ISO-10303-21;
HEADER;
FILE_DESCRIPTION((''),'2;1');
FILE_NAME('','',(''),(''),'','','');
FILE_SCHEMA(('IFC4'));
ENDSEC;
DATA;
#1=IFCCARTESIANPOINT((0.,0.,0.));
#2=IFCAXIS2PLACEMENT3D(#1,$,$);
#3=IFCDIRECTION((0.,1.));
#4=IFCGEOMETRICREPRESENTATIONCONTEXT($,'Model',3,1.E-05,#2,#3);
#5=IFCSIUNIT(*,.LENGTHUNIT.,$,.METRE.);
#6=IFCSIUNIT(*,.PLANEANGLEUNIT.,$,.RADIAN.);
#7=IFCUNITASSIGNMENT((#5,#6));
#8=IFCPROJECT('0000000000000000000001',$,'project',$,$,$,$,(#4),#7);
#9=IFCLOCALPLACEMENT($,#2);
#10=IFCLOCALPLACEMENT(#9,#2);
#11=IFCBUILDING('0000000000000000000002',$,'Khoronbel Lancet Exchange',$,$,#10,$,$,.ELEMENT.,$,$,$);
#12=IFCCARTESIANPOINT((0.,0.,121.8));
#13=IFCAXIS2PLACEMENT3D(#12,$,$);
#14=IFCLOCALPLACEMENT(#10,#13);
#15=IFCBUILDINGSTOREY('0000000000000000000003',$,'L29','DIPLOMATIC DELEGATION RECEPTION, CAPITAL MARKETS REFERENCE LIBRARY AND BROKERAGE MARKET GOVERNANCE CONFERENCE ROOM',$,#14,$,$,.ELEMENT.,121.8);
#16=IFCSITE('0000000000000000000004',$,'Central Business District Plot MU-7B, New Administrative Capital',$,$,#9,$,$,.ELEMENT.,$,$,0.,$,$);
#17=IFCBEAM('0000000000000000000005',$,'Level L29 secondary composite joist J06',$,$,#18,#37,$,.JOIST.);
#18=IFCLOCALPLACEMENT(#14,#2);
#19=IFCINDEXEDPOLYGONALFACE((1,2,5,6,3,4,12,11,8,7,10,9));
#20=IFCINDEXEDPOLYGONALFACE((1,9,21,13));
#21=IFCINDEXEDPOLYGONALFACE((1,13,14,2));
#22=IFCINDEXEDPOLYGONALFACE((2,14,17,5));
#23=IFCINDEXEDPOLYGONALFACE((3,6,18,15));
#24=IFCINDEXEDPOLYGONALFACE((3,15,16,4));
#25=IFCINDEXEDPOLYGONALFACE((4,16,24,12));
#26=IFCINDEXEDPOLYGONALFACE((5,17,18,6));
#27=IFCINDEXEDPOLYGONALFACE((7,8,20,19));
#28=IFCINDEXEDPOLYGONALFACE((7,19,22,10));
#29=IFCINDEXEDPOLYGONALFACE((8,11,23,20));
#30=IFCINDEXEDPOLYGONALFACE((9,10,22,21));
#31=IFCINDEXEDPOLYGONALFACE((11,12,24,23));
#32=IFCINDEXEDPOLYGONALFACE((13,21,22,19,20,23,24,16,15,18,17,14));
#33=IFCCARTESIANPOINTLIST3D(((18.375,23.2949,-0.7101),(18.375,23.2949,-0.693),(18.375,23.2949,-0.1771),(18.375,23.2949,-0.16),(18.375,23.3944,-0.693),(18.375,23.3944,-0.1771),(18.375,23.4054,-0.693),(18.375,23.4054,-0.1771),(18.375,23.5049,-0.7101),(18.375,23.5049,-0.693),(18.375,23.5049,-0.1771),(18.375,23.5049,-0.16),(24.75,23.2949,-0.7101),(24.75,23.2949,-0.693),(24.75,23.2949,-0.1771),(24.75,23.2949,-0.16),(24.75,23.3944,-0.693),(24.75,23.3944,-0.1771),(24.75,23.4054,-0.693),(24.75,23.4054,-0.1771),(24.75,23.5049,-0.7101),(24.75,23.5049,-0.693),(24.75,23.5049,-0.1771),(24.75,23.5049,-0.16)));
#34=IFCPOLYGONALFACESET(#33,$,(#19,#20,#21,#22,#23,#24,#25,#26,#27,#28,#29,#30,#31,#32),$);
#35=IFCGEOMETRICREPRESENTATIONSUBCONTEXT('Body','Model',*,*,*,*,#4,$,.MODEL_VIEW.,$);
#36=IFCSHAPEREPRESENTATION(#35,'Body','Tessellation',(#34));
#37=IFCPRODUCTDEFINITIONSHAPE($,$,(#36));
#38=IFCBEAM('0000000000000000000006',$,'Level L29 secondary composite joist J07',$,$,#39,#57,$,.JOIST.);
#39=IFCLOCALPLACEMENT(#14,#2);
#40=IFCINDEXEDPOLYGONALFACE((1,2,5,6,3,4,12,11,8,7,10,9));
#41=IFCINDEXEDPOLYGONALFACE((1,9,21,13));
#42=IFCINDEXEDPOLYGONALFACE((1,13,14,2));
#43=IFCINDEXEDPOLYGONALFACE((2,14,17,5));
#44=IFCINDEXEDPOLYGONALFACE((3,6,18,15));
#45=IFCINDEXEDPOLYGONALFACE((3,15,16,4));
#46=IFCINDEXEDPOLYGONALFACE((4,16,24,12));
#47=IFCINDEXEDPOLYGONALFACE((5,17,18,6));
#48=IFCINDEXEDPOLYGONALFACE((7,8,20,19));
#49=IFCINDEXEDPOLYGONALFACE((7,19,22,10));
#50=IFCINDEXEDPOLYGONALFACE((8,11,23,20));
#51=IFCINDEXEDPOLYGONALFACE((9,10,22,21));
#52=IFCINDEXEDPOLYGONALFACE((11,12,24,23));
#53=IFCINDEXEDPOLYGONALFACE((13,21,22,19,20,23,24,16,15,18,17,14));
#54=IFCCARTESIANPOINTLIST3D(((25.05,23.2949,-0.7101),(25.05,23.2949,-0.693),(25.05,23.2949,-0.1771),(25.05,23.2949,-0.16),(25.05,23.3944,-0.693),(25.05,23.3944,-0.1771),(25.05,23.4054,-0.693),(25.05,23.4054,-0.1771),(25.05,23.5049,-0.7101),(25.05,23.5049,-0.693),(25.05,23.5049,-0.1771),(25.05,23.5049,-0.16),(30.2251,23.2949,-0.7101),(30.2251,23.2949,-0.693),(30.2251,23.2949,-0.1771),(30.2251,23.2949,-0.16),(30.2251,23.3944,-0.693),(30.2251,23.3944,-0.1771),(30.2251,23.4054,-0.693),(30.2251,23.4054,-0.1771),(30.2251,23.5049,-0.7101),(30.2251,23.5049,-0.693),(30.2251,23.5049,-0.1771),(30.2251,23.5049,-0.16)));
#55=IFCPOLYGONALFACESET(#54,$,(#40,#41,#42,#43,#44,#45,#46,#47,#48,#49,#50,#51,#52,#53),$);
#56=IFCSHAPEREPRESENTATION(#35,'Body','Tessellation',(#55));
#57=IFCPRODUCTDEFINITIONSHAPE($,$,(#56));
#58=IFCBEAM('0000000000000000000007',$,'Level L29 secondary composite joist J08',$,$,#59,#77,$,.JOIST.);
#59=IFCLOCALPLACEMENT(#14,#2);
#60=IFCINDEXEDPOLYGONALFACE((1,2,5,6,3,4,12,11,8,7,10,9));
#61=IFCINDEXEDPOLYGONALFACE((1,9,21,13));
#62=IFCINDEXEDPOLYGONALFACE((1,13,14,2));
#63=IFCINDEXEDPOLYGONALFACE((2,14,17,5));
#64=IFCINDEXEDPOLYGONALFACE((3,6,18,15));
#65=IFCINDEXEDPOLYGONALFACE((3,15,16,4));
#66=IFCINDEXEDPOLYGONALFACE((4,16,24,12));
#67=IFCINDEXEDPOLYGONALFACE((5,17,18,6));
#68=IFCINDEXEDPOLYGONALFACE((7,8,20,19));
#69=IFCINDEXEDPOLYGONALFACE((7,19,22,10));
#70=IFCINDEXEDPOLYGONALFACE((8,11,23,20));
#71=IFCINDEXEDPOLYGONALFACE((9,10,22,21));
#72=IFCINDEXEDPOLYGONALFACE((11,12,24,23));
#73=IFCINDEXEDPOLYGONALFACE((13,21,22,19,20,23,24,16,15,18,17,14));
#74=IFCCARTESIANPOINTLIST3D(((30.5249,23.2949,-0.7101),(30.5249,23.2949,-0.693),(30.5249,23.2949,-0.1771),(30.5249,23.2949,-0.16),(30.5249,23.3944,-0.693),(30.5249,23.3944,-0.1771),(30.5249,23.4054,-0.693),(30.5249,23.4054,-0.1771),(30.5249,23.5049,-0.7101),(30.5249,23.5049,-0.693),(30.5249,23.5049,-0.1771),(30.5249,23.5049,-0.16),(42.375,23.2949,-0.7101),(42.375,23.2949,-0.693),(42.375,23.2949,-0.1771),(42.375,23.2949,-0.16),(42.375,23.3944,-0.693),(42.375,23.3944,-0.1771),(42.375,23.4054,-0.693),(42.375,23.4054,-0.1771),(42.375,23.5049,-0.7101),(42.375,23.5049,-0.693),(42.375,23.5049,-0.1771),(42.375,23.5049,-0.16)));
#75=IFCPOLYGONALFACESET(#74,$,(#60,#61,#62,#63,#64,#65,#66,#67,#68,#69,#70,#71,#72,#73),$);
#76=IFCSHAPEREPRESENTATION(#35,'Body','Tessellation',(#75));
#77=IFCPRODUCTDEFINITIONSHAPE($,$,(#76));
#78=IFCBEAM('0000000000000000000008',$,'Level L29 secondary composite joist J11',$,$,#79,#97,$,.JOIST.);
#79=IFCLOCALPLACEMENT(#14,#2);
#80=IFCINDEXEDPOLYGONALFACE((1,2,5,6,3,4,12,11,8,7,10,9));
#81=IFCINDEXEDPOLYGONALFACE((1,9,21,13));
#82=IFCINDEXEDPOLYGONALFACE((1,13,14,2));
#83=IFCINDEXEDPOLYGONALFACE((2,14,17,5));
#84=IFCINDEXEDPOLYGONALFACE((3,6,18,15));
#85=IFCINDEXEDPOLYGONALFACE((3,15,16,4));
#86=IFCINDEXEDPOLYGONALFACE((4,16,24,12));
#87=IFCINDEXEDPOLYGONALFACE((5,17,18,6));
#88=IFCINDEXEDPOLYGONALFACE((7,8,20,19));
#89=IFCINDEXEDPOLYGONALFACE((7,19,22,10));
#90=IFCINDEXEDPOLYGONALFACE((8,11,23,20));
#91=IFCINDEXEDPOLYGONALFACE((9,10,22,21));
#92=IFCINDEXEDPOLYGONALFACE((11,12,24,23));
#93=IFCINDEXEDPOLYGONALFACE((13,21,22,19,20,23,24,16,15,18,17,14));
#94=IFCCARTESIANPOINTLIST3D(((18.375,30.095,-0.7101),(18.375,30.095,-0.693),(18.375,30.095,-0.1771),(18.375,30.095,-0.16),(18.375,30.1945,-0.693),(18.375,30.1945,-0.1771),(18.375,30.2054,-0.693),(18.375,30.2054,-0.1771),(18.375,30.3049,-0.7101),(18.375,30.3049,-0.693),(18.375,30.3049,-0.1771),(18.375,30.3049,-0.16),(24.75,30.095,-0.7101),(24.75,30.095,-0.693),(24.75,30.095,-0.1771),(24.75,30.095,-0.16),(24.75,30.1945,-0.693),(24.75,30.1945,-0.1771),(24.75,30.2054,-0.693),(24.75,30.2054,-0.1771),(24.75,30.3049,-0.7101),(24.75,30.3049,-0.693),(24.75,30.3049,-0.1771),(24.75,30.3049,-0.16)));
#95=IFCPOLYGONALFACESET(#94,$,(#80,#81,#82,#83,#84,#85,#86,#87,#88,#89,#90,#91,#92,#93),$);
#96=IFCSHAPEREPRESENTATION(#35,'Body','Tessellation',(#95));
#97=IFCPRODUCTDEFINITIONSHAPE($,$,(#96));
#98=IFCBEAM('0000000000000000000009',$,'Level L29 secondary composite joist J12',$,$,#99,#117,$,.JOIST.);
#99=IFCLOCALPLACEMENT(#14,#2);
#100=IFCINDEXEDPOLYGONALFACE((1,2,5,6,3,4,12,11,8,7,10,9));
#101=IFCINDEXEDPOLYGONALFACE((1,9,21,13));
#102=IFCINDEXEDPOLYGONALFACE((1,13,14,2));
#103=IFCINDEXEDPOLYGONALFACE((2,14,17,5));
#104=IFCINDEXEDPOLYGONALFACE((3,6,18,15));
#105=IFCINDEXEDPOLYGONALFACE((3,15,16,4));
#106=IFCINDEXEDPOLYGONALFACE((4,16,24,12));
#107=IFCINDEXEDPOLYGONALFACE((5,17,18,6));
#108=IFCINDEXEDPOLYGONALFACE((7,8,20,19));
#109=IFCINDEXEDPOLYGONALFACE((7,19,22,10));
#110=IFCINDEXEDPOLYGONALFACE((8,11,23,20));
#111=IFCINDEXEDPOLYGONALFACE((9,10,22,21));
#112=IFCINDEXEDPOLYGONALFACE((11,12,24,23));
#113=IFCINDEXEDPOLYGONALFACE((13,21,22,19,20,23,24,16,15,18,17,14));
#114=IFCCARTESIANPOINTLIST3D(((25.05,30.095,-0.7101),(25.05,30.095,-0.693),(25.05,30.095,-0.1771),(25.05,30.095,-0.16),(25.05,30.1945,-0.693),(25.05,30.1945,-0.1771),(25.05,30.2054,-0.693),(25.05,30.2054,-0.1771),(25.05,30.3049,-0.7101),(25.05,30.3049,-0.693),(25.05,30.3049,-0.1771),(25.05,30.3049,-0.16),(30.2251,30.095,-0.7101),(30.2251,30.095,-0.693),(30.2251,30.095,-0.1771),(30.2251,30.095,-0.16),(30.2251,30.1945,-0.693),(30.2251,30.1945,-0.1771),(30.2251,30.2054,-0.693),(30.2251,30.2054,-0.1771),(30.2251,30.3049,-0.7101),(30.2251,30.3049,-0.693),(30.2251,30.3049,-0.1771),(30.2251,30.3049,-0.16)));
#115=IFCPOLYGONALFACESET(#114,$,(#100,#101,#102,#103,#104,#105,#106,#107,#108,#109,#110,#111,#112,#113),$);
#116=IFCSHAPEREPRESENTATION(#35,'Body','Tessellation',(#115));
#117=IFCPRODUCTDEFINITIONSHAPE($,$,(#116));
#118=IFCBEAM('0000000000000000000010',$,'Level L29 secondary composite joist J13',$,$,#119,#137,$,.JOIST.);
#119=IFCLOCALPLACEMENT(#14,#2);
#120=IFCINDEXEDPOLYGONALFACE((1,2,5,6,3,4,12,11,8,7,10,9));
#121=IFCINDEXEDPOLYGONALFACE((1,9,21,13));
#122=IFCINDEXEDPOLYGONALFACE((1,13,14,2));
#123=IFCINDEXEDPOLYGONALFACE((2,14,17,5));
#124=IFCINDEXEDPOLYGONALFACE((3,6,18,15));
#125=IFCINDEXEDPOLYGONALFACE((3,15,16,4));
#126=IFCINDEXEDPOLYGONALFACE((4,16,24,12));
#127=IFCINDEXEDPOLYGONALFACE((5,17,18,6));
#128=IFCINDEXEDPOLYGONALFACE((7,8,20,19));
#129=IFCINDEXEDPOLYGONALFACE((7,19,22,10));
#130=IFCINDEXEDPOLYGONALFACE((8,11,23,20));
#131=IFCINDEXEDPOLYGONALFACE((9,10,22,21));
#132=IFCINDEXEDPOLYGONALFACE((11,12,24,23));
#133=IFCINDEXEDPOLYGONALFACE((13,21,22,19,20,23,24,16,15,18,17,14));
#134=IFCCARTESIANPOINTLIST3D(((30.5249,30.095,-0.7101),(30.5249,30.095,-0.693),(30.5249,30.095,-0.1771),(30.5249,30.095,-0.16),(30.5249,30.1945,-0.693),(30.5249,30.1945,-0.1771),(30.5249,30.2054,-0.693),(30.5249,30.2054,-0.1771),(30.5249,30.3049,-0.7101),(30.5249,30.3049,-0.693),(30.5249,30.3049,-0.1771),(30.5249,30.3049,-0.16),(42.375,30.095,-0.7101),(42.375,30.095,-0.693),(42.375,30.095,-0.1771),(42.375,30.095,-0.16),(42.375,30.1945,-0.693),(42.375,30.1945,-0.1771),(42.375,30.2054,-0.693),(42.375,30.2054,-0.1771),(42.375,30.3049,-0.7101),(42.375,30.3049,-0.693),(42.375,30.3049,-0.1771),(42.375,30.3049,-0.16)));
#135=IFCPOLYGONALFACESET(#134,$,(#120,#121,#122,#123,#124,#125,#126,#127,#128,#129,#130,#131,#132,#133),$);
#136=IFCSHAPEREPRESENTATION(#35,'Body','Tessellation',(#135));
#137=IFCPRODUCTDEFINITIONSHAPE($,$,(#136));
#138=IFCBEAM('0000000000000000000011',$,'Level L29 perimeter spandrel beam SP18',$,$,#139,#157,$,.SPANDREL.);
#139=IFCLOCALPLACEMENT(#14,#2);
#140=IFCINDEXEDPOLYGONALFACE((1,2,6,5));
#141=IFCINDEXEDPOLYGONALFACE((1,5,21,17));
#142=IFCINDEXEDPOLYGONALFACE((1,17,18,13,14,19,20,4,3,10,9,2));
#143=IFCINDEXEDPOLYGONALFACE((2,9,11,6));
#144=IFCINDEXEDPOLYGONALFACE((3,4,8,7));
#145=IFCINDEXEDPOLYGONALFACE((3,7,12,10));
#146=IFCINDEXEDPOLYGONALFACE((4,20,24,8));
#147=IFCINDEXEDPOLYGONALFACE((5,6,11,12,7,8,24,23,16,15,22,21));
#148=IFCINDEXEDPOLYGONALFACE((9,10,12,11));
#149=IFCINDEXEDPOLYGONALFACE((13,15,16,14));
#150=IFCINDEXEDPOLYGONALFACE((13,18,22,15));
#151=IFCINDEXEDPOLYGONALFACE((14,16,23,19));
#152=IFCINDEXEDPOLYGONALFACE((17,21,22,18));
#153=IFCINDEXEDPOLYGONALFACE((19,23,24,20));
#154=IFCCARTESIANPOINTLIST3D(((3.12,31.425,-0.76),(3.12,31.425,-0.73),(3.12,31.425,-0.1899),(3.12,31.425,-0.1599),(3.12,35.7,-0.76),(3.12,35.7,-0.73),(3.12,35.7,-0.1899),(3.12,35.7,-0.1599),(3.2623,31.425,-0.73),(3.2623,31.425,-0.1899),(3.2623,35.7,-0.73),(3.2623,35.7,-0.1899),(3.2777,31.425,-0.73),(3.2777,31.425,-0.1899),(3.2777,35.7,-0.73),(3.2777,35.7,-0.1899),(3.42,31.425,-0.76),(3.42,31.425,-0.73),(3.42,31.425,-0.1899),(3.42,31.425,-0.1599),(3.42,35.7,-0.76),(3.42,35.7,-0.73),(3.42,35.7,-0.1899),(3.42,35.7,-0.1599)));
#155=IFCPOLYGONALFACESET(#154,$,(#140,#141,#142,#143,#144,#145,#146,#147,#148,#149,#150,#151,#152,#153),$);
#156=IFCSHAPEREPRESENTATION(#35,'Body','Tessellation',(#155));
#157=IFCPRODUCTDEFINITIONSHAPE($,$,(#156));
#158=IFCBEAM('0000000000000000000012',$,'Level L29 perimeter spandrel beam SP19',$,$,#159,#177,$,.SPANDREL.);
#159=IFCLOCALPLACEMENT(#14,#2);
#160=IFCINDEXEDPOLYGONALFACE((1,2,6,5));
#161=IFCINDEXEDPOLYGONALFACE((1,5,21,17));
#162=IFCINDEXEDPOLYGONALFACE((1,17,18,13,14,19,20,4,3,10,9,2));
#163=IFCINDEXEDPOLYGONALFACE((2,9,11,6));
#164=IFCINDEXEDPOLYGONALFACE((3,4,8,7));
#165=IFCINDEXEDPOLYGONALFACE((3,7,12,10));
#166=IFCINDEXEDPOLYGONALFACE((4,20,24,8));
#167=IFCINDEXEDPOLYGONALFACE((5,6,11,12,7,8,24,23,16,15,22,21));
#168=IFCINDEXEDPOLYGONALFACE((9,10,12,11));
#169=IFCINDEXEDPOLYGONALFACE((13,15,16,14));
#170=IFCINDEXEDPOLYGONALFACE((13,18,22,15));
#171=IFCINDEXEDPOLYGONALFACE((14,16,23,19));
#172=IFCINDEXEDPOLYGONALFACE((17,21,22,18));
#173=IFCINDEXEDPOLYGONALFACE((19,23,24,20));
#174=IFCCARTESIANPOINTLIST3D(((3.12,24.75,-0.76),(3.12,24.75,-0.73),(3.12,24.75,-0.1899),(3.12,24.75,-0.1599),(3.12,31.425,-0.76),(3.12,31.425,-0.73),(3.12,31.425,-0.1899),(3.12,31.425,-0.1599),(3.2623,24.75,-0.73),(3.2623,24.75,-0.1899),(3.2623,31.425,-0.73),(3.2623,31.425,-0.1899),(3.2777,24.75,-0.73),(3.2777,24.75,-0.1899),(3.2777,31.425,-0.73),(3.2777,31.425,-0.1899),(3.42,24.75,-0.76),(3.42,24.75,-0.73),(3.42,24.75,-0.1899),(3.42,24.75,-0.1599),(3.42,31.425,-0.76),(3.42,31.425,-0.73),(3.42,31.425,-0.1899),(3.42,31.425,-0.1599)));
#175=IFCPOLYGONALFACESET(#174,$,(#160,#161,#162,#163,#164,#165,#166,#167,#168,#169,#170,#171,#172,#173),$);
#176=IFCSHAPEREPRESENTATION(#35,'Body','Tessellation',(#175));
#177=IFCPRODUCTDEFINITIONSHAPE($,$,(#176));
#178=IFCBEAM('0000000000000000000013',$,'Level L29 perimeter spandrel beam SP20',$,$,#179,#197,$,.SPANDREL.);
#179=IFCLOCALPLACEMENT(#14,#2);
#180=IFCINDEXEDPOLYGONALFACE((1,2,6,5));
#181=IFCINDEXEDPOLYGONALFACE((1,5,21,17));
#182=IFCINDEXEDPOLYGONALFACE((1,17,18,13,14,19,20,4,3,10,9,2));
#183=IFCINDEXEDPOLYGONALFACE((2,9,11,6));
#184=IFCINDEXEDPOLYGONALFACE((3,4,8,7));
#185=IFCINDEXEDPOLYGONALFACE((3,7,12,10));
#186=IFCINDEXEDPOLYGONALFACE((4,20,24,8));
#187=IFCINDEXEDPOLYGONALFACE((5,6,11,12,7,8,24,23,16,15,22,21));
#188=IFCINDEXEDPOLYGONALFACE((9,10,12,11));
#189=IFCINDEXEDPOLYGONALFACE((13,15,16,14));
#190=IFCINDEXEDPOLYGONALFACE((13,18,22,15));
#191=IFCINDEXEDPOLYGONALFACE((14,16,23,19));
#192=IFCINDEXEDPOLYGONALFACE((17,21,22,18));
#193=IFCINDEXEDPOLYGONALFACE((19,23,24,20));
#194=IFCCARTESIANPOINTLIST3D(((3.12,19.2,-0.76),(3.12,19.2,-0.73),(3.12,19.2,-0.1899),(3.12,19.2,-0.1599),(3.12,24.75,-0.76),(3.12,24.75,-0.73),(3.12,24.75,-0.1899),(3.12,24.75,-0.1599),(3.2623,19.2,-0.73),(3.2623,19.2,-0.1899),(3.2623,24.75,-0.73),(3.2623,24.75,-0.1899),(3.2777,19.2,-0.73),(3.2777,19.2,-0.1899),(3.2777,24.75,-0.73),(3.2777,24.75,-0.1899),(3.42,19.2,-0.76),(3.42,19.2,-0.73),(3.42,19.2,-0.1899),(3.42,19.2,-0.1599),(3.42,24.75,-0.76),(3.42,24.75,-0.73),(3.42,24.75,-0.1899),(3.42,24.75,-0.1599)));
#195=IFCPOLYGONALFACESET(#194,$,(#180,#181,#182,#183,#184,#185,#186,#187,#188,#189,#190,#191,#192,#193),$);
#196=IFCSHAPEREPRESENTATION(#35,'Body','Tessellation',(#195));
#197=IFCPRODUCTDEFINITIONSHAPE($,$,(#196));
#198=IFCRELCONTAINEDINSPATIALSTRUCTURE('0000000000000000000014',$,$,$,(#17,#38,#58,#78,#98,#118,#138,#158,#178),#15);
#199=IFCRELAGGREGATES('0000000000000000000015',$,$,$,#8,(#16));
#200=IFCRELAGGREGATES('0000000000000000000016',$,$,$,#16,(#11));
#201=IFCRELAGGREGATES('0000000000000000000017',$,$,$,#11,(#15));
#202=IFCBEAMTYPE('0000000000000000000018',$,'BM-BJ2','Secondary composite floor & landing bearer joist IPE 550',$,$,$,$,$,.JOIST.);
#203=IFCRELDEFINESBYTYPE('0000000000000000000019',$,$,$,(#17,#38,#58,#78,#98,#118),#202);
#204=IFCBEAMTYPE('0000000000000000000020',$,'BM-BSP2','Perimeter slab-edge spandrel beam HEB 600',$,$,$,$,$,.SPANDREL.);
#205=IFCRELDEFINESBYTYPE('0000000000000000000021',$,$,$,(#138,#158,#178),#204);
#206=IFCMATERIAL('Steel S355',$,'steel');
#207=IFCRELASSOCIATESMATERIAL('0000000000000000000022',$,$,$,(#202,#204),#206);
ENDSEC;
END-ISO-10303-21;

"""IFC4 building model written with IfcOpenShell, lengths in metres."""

from ifc_helpers import new_model, si_unit, direction, frame, origin, origin_2d, place, context, subcontext, project, spatial, i_section, extrude, material, material_profile, profile_set, type_object, element, save


model = new_model("IFC4")

# Units and contexts
model_context = context("Model", 3, precision=1e-05, world=origin(), true_north=direction((0.0, 1.0)))
body_context = subcontext(model_context, "Body", "Model", "MODEL_VIEW")
ifc_project = project(units=[si_unit("LENGTHUNIT", "METRE"), si_unit("PLANEANGLEUNIT", "RADIAN")], contexts=[model_context])

# Site, building, storey
site_placement = place(None, origin())
site = spatial("IfcSite", under=ifc_project, at=site_placement, Name="Central Business District Plot MU-7B, New Administrative Capital", CompositionType="ELEMENT", RefElevation=0.0)
building_placement = place(site_placement, origin())
building = spatial("IfcBuilding", under=site, at=building_placement, Name="Khoronbel Lancet Exchange", CompositionType="ELEMENT")
storey_placement = place(building_placement, frame((0.0, 0.0, 121.8)))
storey = spatial("IfcBuildingStorey", under=building, at=storey_placement, Name="L29", Description="DIPLOMATIC DELEGATION RECEPTION, CAPITAL MARKETS REFERENCE LIBRARY AND BROKERAGE MARKET GOVERNANCE CONFERENCE ROOM", CompositionType="ELEMENT", Elevation=121.8)

# Shared definitions
ifc_material_1 = material(Name="Steel S355", Category="steel")

# Beams
ifc_material_profile_1 = material_profile(ifc_material_1, i_section(OverallWidth=0.21, OverallDepth=0.55, WebThickness=0.011, FlangeThickness=0.0171, at=origin_2d()), Name="IPE 550")
ifc_profile_set_1 = profile_set([ifc_material_profile_1], Name="Steel S355")
beam_type_1 = type_object("IfcBeamType", Name="BM-BJ2", Description="Secondary composite floor & landing bearer joist IPE 550", PredefinedType="JOIST", material=ifc_profile_set_1)
beam_1_placement = place(storey_placement, frame((18.375, 23.3999, -0.4351), z_axis=(1.0, 0.0, 0.0), x_axis=(0.0, 1.0, 0.0)))
element("IfcBeam", 1, at=beam_1_placement, inside=storey, type_object=beam_type_1, Name="Level L29 secondary composite joist J06", PredefinedType="JOIST", context=body_context, shape_type="SweptSolid", body=[
    extrude(i_section(OverallWidth=0.21, OverallDepth=0.55, WebThickness=0.011, FlangeThickness=0.0171, at=origin_2d()), origin(), (0.0, 0.0, 1.0), 6.375),
])
beam_2_placement = place(storey_placement, frame((25.05, 23.3999, -0.4351), z_axis=(1.0, 0.0, 0.0), x_axis=(0.0, 1.0, 0.0)))
element("IfcBeam", 2, at=beam_2_placement, inside=storey, type_object=beam_type_1, Name="Level L29 secondary composite joist J07", PredefinedType="JOIST", context=body_context, shape_type="SweptSolid", body=[
    extrude(i_section(OverallWidth=0.21, OverallDepth=0.55, WebThickness=0.011, FlangeThickness=0.0171, at=origin_2d()), origin(), (0.0, 0.0, 1.0), 5.175),
])
beam_3_placement = place(storey_placement, frame((30.5249, 23.3999, -0.4351), z_axis=(1.0, 0.0, 0.0), x_axis=(0.0, 1.0, 0.0)))
element("IfcBeam", 3, at=beam_3_placement, inside=storey, type_object=beam_type_1, Name="Level L29 secondary composite joist J08", PredefinedType="JOIST", context=body_context, shape_type="SweptSolid", body=[
    extrude(i_section(OverallWidth=0.21, OverallDepth=0.55, WebThickness=0.011, FlangeThickness=0.0171, at=origin_2d()), origin(), (0.0, 0.0, 1.0), 11.8501),
])
beam_4_placement = place(storey_placement, frame((18.375, 30.2, -0.4351), z_axis=(1.0, 0.0, 0.0), x_axis=(0.0, 1.0, 0.0)))
element("IfcBeam", 4, at=beam_4_placement, inside=storey, type_object=beam_type_1, Name="Level L29 secondary composite joist J11", PredefinedType="JOIST", context=body_context, shape_type="SweptSolid", body=[
    extrude(i_section(OverallWidth=0.21, OverallDepth=0.55, WebThickness=0.011, FlangeThickness=0.0171, at=origin_2d()), origin(), (0.0, 0.0, 1.0), 6.375),
])
beam_5_placement = place(storey_placement, frame((25.05, 30.2, -0.4351), z_axis=(1.0, 0.0, 0.0), x_axis=(0.0, 1.0, 0.0)))
element("IfcBeam", 5, at=beam_5_placement, inside=storey, type_object=beam_type_1, Name="Level L29 secondary composite joist J12", PredefinedType="JOIST", context=body_context, shape_type="SweptSolid", body=[
    extrude(i_section(OverallWidth=0.21, OverallDepth=0.55, WebThickness=0.011, FlangeThickness=0.0171, at=origin_2d()), origin(), (0.0, 0.0, 1.0), 5.175),
])
beam_6_placement = place(storey_placement, frame((30.5249, 30.2, -0.4351), z_axis=(1.0, 0.0, 0.0), x_axis=(0.0, 1.0, 0.0)))
element("IfcBeam", 6, at=beam_6_placement, inside=storey, type_object=beam_type_1, Name="Level L29 secondary composite joist J13", PredefinedType="JOIST", context=body_context, shape_type="SweptSolid", body=[
    extrude(i_section(OverallWidth=0.21, OverallDepth=0.55, WebThickness=0.011, FlangeThickness=0.0171, at=origin_2d()), origin(), (0.0, 0.0, 1.0), 11.8501),
])
ifc_material_profile_2 = material_profile(ifc_material_1, i_section(OverallWidth=0.3, OverallDepth=0.6001, WebThickness=0.0154, FlangeThickness=0.03, at=origin_2d()), Name="HEB 600")
ifc_profile_set_2 = profile_set([ifc_material_profile_2], Name="Steel S355")
beam_type_2 = type_object("IfcBeamType", Name="BM-BSP2", Description="Perimeter slab-edge spandrel beam HEB 600", PredefinedType="SPANDREL", material=ifc_profile_set_2)
beam_7_placement = place(storey_placement, frame((3.27, 35.7, -0.46), z_axis=(0.0, -1.0, 0.0), x_axis=(1.0, 0.0, 0.0)))
element("IfcBeam", 7, at=beam_7_placement, inside=storey, type_object=beam_type_2, Name="Level L29 perimeter spandrel beam SP18", PredefinedType="SPANDREL", context=body_context, shape_type="SweptSolid", body=[
    extrude(i_section(OverallWidth=0.3, OverallDepth=0.6001, WebThickness=0.0154, FlangeThickness=0.03, at=origin_2d()), origin(), (0.0, 0.0, 1.0), 4.2749),
])
beam_8_placement = place(storey_placement, frame((3.27, 31.425, -0.46), z_axis=(0.0, -1.0, 0.0), x_axis=(1.0, 0.0, 0.0)))
element("IfcBeam", 8, at=beam_8_placement, inside=storey, type_object=beam_type_2, Name="Level L29 perimeter spandrel beam SP19", PredefinedType="SPANDREL", context=body_context, shape_type="SweptSolid", body=[
    extrude(i_section(OverallWidth=0.3, OverallDepth=0.6001, WebThickness=0.0154, FlangeThickness=0.03, at=origin_2d()), origin(), (0.0, 0.0, 1.0), 6.675),
])
beam_9_placement = place(storey_placement, frame((3.27, 24.75, -0.46), z_axis=(0.0, -1.0, 0.0), x_axis=(1.0, 0.0, 0.0)))
element("IfcBeam", 9, at=beam_9_placement, inside=storey, type_object=beam_type_2, Name="Level L29 perimeter spandrel beam SP20", PredefinedType="SPANDREL", context=body_context, shape_type="SweptSolid", body=[
    extrude(i_section(OverallWidth=0.3, OverallDepth=0.6001, WebThickness=0.0154, FlangeThickness=0.03, at=origin_2d()), origin(), (0.0, 0.0, 1.0), 5.55),
])

save(model, "model.ifc")
